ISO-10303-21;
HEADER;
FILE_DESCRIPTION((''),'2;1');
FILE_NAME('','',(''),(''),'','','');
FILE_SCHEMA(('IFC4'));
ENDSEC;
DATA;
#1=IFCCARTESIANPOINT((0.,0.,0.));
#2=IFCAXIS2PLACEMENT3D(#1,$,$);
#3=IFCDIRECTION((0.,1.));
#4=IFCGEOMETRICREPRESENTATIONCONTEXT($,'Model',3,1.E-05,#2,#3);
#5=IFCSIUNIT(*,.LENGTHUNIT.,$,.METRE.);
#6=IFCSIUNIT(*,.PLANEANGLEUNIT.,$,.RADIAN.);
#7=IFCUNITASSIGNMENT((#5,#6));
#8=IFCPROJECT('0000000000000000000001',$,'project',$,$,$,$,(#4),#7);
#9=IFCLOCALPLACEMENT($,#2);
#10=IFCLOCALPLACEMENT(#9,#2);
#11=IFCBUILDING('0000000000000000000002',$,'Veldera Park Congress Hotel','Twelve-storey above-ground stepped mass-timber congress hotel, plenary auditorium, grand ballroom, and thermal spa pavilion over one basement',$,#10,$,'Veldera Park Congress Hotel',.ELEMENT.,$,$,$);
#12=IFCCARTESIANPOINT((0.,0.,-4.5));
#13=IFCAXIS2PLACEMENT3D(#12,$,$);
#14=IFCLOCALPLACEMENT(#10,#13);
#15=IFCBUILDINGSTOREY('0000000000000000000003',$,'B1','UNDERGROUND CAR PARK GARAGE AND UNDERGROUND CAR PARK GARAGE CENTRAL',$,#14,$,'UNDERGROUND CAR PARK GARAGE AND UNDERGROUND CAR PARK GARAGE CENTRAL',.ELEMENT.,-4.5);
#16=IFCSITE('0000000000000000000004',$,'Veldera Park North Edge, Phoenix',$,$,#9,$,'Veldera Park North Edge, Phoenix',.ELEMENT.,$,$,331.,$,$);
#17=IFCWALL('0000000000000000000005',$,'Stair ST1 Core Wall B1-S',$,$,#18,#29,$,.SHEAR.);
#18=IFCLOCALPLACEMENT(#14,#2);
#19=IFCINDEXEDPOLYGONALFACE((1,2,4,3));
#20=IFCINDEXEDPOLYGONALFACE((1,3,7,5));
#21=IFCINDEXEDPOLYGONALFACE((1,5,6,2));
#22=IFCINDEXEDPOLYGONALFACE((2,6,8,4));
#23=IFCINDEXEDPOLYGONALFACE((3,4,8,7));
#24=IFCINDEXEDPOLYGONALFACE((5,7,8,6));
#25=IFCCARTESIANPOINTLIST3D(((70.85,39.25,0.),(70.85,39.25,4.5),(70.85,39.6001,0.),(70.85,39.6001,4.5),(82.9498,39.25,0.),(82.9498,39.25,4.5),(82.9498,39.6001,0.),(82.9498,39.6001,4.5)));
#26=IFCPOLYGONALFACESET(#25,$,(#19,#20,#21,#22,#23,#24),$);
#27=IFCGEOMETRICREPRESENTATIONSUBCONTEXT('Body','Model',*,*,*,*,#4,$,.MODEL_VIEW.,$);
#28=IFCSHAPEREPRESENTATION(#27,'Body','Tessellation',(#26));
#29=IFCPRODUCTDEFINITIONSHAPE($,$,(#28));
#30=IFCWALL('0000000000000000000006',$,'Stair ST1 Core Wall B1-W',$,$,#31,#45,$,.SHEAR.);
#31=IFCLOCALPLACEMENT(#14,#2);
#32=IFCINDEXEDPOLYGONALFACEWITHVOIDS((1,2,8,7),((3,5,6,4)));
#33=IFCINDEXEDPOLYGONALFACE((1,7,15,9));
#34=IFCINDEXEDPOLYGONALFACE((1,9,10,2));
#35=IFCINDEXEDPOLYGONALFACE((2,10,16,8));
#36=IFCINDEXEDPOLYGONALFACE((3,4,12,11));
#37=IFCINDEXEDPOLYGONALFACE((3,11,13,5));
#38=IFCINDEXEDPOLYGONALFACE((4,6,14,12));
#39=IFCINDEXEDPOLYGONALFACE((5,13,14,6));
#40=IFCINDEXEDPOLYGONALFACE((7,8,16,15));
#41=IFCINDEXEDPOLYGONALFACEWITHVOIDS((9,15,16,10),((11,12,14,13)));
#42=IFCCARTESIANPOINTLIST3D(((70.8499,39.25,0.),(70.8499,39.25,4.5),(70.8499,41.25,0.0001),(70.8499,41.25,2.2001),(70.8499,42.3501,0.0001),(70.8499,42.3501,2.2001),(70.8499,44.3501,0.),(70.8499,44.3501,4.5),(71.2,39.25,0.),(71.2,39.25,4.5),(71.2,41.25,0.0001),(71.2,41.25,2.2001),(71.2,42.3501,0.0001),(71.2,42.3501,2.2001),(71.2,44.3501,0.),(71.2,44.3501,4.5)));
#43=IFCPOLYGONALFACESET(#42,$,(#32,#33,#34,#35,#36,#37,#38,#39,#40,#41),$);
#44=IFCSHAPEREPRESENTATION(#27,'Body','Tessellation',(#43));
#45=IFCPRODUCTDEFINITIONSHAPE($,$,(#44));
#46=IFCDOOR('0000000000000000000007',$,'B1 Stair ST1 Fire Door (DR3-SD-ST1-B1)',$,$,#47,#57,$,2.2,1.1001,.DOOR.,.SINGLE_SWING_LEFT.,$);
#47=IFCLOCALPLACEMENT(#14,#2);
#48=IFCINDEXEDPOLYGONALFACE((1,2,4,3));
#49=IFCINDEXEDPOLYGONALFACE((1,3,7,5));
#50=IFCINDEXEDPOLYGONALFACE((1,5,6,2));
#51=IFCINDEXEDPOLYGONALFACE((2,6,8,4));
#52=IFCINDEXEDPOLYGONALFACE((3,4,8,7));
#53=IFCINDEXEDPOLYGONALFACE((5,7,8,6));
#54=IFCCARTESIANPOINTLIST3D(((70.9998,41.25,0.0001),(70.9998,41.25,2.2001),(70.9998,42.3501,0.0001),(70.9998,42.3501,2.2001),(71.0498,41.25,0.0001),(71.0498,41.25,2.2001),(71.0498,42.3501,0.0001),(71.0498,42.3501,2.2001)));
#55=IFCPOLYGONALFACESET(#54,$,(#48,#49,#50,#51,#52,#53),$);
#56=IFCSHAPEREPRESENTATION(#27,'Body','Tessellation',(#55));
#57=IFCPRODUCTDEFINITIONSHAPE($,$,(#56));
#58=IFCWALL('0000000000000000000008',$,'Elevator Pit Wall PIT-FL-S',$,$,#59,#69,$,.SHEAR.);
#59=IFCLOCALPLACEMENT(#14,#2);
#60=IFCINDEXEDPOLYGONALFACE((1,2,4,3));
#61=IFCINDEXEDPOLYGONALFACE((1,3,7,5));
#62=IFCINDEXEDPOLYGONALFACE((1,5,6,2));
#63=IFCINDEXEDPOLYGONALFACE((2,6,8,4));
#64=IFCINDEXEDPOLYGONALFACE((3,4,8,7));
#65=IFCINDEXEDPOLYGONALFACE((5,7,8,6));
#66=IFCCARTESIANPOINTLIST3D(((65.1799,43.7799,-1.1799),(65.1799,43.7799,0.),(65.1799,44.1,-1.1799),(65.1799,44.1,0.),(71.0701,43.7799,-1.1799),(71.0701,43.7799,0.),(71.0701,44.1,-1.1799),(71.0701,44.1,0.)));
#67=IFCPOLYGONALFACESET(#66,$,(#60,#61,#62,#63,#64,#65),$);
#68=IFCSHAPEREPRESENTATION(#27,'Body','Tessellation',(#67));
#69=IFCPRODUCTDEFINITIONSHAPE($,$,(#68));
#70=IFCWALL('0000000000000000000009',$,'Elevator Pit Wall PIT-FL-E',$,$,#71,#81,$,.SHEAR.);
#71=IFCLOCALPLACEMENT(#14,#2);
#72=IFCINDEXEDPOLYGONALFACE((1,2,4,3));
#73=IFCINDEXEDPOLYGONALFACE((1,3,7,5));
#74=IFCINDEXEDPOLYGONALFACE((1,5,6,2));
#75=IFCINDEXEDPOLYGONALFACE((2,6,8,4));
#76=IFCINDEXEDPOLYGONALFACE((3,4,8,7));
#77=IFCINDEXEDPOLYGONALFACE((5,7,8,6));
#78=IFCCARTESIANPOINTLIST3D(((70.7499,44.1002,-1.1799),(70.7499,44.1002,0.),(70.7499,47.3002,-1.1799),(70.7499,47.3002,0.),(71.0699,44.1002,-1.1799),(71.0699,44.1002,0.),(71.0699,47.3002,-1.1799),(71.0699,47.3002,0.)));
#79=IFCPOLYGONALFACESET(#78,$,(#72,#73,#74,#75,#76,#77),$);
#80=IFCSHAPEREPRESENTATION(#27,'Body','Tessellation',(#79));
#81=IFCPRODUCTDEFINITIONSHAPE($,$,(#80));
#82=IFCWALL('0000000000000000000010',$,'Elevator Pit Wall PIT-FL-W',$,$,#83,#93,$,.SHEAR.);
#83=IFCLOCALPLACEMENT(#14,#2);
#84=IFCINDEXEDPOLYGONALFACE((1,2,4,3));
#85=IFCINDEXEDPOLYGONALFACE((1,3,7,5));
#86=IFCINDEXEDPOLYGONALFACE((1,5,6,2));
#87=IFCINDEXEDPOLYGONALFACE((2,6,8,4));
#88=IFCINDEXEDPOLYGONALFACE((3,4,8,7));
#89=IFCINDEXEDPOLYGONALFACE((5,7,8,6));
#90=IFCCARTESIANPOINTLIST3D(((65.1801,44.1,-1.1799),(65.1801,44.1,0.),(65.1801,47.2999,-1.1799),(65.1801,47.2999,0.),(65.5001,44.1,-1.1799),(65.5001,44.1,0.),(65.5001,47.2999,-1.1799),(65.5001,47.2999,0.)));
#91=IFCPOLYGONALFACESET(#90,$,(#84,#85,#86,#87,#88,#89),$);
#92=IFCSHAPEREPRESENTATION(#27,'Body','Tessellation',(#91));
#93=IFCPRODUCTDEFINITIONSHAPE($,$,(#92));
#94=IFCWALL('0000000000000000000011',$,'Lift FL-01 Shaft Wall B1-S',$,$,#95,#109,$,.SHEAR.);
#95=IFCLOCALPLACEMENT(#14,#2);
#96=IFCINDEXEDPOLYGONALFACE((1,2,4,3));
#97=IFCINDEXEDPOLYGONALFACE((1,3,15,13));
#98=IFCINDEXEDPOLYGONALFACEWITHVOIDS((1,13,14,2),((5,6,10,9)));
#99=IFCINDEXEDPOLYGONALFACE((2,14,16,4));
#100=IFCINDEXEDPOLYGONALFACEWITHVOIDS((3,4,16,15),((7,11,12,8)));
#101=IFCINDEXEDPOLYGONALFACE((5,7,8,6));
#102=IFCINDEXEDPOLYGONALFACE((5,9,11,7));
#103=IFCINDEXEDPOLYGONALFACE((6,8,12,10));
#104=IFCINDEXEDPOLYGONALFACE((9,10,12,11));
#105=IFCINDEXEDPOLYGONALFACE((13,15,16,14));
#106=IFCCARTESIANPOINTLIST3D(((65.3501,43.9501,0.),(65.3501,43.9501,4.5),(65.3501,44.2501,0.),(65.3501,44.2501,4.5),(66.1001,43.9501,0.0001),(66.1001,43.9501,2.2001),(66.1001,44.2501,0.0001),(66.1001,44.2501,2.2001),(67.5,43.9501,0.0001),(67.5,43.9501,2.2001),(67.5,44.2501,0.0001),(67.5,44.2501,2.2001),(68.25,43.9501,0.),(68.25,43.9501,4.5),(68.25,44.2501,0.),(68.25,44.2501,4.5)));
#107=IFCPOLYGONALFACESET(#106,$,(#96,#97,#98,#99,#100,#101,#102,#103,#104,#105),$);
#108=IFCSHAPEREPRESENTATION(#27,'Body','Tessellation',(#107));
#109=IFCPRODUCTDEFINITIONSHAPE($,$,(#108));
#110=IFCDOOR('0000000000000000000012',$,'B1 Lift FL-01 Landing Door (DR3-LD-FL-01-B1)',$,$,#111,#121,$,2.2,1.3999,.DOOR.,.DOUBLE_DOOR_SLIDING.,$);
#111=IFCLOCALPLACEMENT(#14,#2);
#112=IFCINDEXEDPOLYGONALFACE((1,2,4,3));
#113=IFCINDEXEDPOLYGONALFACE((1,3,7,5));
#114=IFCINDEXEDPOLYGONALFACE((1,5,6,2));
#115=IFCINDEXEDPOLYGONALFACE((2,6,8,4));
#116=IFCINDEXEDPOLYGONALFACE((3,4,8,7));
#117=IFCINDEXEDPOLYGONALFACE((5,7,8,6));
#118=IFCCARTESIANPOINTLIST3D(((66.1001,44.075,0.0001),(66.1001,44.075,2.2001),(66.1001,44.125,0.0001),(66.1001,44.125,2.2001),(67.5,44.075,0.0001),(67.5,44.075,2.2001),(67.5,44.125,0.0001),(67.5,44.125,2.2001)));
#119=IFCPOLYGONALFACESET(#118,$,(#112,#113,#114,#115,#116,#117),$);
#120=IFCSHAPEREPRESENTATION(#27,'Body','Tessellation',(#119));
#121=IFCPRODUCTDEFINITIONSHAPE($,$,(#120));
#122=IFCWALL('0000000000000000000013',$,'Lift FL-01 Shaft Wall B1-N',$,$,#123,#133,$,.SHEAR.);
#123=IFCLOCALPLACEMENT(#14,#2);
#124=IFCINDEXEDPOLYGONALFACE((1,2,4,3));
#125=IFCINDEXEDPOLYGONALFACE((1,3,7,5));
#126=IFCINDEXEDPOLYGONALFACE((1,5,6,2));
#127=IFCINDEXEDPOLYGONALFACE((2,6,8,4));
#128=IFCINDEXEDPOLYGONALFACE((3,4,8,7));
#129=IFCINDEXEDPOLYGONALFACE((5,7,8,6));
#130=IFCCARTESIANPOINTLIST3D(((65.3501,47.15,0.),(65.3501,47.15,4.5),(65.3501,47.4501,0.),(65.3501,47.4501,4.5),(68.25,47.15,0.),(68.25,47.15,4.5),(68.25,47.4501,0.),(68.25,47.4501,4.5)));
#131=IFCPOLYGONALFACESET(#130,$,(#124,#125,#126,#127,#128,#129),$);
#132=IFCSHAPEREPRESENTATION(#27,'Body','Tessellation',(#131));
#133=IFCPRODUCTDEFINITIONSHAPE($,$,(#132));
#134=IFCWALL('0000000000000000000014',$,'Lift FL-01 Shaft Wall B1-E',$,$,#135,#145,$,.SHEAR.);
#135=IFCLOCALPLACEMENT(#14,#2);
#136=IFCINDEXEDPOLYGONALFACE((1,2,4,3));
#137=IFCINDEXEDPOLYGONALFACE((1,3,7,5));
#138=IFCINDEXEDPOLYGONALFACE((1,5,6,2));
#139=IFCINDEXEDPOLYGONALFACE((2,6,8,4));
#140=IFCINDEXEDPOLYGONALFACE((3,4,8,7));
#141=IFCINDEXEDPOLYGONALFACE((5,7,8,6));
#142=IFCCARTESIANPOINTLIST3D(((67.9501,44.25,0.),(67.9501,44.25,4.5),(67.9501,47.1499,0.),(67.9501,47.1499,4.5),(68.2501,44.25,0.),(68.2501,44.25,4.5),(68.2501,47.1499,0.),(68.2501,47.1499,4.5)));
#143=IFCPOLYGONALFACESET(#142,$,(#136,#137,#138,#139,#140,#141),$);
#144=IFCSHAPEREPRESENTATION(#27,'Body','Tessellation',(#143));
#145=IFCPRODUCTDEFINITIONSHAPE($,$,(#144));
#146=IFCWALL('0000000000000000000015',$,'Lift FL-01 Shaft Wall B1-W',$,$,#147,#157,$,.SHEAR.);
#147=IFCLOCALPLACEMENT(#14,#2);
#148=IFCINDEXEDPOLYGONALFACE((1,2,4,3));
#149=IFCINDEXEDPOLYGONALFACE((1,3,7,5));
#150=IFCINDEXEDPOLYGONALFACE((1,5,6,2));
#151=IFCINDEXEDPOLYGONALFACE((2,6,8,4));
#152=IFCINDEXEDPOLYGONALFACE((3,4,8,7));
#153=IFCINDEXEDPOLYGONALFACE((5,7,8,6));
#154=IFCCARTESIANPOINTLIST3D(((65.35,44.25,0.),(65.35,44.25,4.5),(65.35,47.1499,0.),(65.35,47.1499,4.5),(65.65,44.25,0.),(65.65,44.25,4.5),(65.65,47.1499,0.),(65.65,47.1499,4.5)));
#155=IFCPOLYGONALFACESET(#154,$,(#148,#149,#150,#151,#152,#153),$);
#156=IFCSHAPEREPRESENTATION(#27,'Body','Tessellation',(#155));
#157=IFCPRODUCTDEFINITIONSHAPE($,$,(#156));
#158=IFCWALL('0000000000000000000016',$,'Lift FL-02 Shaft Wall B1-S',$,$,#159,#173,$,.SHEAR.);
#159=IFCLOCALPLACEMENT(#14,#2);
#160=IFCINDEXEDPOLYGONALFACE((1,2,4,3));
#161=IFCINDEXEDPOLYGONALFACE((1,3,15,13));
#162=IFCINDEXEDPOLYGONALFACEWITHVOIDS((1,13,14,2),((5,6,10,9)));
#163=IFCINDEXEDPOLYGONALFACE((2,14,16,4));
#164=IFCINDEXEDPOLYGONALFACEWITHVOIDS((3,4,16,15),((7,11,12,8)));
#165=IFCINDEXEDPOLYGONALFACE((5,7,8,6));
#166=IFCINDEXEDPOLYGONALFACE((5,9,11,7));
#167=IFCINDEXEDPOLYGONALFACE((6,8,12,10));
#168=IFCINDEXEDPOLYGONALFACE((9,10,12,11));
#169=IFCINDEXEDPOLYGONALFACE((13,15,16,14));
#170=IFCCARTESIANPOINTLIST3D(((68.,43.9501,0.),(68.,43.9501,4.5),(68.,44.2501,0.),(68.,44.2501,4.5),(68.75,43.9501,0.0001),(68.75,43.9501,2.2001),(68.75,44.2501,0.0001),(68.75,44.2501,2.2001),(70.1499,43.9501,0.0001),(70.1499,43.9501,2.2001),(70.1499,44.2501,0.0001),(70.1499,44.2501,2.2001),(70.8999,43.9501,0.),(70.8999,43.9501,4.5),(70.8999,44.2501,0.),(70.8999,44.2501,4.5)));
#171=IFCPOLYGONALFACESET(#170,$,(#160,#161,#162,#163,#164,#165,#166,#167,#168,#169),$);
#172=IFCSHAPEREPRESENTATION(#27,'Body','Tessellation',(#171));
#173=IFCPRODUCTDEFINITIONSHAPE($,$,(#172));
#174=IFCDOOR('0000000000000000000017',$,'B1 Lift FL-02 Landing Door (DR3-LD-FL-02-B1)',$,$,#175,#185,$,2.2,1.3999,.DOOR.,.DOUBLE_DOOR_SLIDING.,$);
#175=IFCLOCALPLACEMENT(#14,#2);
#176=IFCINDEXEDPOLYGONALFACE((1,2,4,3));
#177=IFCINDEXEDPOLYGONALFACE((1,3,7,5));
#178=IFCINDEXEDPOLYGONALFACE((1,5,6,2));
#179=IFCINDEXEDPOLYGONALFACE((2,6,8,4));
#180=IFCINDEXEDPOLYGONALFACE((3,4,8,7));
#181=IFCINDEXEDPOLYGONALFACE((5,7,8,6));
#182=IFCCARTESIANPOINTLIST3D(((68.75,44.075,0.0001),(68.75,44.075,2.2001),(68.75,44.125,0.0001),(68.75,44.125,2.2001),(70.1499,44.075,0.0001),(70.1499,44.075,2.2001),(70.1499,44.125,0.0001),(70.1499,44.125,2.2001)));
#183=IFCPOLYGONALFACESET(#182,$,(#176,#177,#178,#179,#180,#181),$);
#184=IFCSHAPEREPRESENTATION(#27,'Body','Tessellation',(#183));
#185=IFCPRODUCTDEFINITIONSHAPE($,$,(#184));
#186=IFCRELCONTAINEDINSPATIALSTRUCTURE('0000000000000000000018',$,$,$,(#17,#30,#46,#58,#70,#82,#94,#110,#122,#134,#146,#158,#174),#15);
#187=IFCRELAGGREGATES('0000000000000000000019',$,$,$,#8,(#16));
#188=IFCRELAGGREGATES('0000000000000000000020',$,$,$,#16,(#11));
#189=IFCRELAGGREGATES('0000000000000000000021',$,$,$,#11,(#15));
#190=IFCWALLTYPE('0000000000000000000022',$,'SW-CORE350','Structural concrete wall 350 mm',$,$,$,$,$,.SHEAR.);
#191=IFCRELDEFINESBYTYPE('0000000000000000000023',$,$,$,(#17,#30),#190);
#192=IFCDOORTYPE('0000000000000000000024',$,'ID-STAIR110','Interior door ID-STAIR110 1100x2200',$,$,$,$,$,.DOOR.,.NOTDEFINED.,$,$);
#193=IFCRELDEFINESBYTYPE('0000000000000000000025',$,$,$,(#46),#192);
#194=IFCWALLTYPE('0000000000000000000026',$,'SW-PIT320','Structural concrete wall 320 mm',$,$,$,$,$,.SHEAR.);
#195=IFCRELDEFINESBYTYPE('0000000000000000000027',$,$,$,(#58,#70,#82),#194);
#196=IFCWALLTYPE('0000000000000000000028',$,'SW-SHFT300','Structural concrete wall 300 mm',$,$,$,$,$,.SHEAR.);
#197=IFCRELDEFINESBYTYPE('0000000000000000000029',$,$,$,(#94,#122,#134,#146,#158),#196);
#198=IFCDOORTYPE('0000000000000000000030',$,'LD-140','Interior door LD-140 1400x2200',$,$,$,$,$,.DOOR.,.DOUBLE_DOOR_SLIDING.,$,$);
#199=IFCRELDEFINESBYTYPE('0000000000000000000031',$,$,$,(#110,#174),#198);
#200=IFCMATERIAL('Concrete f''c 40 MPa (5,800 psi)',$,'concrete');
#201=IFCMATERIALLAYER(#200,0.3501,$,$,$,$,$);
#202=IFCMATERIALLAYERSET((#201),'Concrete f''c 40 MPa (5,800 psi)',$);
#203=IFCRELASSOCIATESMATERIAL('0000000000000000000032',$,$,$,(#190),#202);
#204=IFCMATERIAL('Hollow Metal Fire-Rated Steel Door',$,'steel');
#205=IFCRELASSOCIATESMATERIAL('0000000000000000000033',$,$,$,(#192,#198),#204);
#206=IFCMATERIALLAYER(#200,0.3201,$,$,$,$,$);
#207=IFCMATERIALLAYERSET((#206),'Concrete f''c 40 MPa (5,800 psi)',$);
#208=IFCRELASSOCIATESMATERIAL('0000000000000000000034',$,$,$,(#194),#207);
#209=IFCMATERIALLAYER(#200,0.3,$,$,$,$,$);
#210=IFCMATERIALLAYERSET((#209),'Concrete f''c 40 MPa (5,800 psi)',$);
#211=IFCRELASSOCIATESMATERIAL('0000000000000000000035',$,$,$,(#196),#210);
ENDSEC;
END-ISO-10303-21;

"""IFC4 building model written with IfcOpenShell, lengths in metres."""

from ifc_helpers import new_model, si_unit, direction, frame, frame_2d, origin, place, context, subcontext, project, spatial, rectangle, extrude, material, layer, layer_set, type_object, element, fill, save


model = new_model("IFC4")

# Units and contexts
model_context = context("Model", 3, precision=1e-05, world=origin(), true_north=direction((0.0, 1.0)))
body_context = subcontext(model_context, "Body", "Model", "MODEL_VIEW")
ifc_project = project(units=[si_unit("LENGTHUNIT", "METRE"), si_unit("PLANEANGLEUNIT", "RADIAN")], contexts=[model_context])

# Site, building, storey
site_placement = place(None, origin())
site = spatial("IfcSite", under=ifc_project, at=site_placement, Name="Veldera Park North Edge, Phoenix", LongName="Veldera Park North Edge, Phoenix", CompositionType="ELEMENT", RefElevation=331.0)
building_placement = place(site_placement, origin())
building = spatial("IfcBuilding", under=site, at=building_placement, Name="Veldera Park Congress Hotel", Description="Twelve-storey above-ground stepped mass-timber congress hotel, plenary auditorium, grand ballroom, and thermal spa pavilion over one basement", LongName="Veldera Park Congress Hotel", CompositionType="ELEMENT")
storey_placement = place(building_placement, frame((0.0, 0.0, -4.5)))
storey = spatial("IfcBuildingStorey", under=building, at=storey_placement, Name="B1", Description="UNDERGROUND CAR PARK GARAGE AND UNDERGROUND CAR PARK GARAGE CENTRAL", LongName="UNDERGROUND CAR PARK GARAGE AND UNDERGROUND CAR PARK GARAGE CENTRAL", CompositionType="ELEMENT", Elevation=-4.5)

# Shared definitions
ifc_material_1 = material(Name="Concrete f'c 40 MPa (5,800 psi)", Category="concrete")

# Shared definitions
ifc_material_2 = material(Name="Hollow Metal Fire-Rated Steel Door", Category="steel")

# Wall
ifc_layer_1 = layer(ifc_material_1, 0.3501)
ifc_layer_set_1 = layer_set([ifc_layer_1], Name="Concrete f'c 40 MPa (5,800 psi)")
wall_type_1 = type_object("IfcWallType", Name="SW-CORE350", Description="Structural concrete wall 350 mm", PredefinedType="SHEAR", material=ifc_layer_set_1)
wall_1_placement = place(storey_placement, frame((70.8501, 39.425, 0.0), z_axis=(0.0, 0.0, 1.0), x_axis=(1.0, 0.0, 0.0)))
element("IfcWall", 1, at=wall_1_placement, inside=storey, type_object=wall_type_1, Name="Stair ST1 Core Wall B1-S", PredefinedType="SHEAR", context=body_context, shape_type="SweptSolid", body=[
    extrude(rectangle(XDim=12.0999, YDim=0.3501, at=frame_2d((6.0498, 0.0))), origin(), (0.0, 0.0, 1.0), 4.5),
])

# Wall, opening, door
wall_2_placement = place(storey_placement, frame((71.0249, 44.3501, 0.0), z_axis=(0.0, 0.0, 1.0), x_axis=(0.0, -1.0, 0.0)))
wall_2 = element("IfcWall", 2, at=wall_2_placement, inside=storey, type_object=wall_type_1, Name="Stair ST1 Core Wall B1-W", PredefinedType="SHEAR", context=body_context, shape_type="SweptSolid", body=[
    extrude(rectangle(XDim=5.1001, YDim=0.3501, at=frame_2d((2.55, 0.0))), origin(), (0.0, 0.0, 1.0), 4.5),
])
opening_1_placement = place(wall_2_placement, frame((2.0, 0.0, 0.0)))
opening_1 = element("IfcOpeningElement", 3, at=opening_1_placement, cuts=wall_2, PredefinedType="OPENING", context=body_context, shape_type="SweptSolid", body=[
    extrude(rectangle(XDim=1.1001, YDim=2.2, at=frame_2d((0.55, 1.1001))), frame((0.0, 0.187, 0.0), z_axis=(0.0, -1.0, 0.0), x_axis=(1.0, 0.0, 0.0)), (0.0, 0.0, 1.0), 0.374),
])
door_type_1 = type_object("IfcDoorType", Name="ID-STAIR110", Description="Interior door ID-STAIR110 1100x2200", OperationType="NOTDEFINED", PredefinedType="DOOR", material=ifc_material_2)
door_1_placement = place(opening_1_placement, origin())
door_1 = element("IfcDoor", 4, at=door_1_placement, inside=storey, type_object=door_type_1, Name="B1 Stair ST1 Fire Door (DR3-SD-ST1-B1)", OperationType="SINGLE_SWING_LEFT", OverallHeight=2.2, OverallWidth=1.1001, PredefinedType="DOOR", context=body_context, shape_type="SweptSolid", body=[
    extrude(rectangle(XDim=1.1001, YDim=2.2, at=frame_2d((0.55, 1.1001))), frame((0.0, 0.0249, 0.0), z_axis=(0.0, -1.0, 0.0), x_axis=(1.0, 0.0, 0.0)), (0.0, 0.0, 1.0), 0.05),
])
fill(opening_1, door_1)

# Walls
ifc_layer_2 = layer(ifc_material_1, 0.3201)
ifc_layer_set_2 = layer_set([ifc_layer_2], Name="Concrete f'c 40 MPa (5,800 psi)")
wall_type_2 = type_object("IfcWallType", Name="SW-PIT320", Description="Structural concrete wall 320 mm", PredefinedType="SHEAR", material=ifc_layer_set_2)
wall_3_placement = place(storey_placement, frame((65.1799, 43.9399, -1.1799), z_axis=(0.0, 0.0, 1.0), x_axis=(1.0, 0.0, 0.0)))
element("IfcWall", 5, at=wall_3_placement, inside=storey, type_object=wall_type_2, Name="Elevator Pit Wall PIT-FL-S", PredefinedType="SHEAR", context=body_context, shape_type="SweptSolid", body=[
    extrude(rectangle(XDim=5.8901, YDim=0.3201, at=frame_2d((2.9451, 0.0))), origin(), (0.0, 0.0, 1.0), 1.1799),
])
for number, where, z_axis, x_axis, name in (
    (6, (70.9099, 44.1001, -1.1799), (0.0, 0.0, 1.0), (0.0, 1.0, 0.0), "Elevator Pit Wall PIT-FL-E"),
    (7, (65.3401, 47.3, -1.1799), (0.0, 0.0, 1.0), (0.0, -1.0, 0.0), "Elevator Pit Wall PIT-FL-W"),
):
    element("IfcWall", number, at=place(storey_placement, frame(where, z_axis=z_axis, x_axis=x_axis)), inside=storey, type_object=wall_type_2, Name=name, PredefinedType="SHEAR", context=body_context, shape_type="SweptSolid", body=[
        extrude(rectangle(XDim=3.2, YDim=0.3201, at=frame_2d((1.6001, 0.0))), origin(), (0.0, 0.0, 1.0), 1.1799),
    ])

# Wall, opening, door
ifc_layer_3 = layer(ifc_material_1, 0.3)
ifc_layer_set_3 = layer_set([ifc_layer_3], Name="Concrete f'c 40 MPa (5,800 psi)")
wall_type_3 = type_object("IfcWallType", Name="SW-SHFT300", Description="Structural concrete wall 300 mm", PredefinedType="SHEAR", material=ifc_layer_set_3)
wall_4_placement = place(storey_placement, frame((65.3501, 44.1001, 0.0), z_axis=(0.0, 0.0, 1.0), x_axis=(1.0, 0.0, 0.0)))
wall_4 = element("IfcWall", 8, at=wall_4_placement, inside=storey, type_object=wall_type_3, Name="Lift FL-01 Shaft Wall B1-S", PredefinedType="SHEAR", context=body_context, shape_type="SweptSolid", body=[
    extrude(rectangle(XDim=2.8999, YDim=0.3, at=frame_2d((1.45, 0.0))), origin(), (0.0, 0.0, 1.0), 4.5),
])
opening_2_placement = place(wall_4_placement, frame((0.75, 0.0, 0.0)))
opening_2 = element("IfcOpeningElement", 9, at=opening_2_placement, cuts=wall_4, PredefinedType="OPENING", context=body_context, shape_type="SweptSolid", body=[
    extrude(rectangle(XDim=1.3999, YDim=2.2, at=frame_2d((0.7, 1.1001))), frame((0.0, 0.1621, 0.0), z_axis=(0.0, -1.0, 0.0), x_axis=(1.0, 0.0, 0.0)), (0.0, 0.0, 1.0), 0.324),
])
door_type_2 = type_object("IfcDoorType", Name="LD-140", Description="Interior door LD-140 1400x2200", OperationType="DOUBLE_DOOR_SLIDING", PredefinedType="DOOR", material=ifc_material_2)
door_2_placement = place(opening_2_placement, origin())
door_2 = element("IfcDoor", 10, at=door_2_placement, inside=storey, type_object=door_type_2, Name="B1 Lift FL-01 Landing Door (DR3-LD-FL-01-B1)", OperationType="DOUBLE_DOOR_SLIDING", OverallHeight=2.2, OverallWidth=1.3999, PredefinedType="DOOR", context=body_context, shape_type="SweptSolid", body=[
    extrude(rectangle(XDim=1.3999, YDim=2.2, at=frame_2d((0.7, 1.1001))), frame((0.0, 0.0249, 0.0), z_axis=(0.0, -1.0, 0.0), x_axis=(1.0, 0.0, 0.0)), (0.0, 0.0, 1.0), 0.05),
])
fill(opening_2, door_2)

# Walls
for number, where, z_axis, x_axis, name in (
    (11, (68.25, 47.3, 0.0), (0.0, 0.0, 1.0), (-1.0, 0.0, 0.0), "Lift FL-01 Shaft Wall B1-N"),
    (12, (68.1001, 44.25, 0.0), (0.0, 0.0, 1.0), (0.0, 1.0, 0.0), "Lift FL-01 Shaft Wall B1-E"),
    (13, (65.5, 47.1499, 0.0), (0.0, 0.0, 1.0), (0.0, -1.0, 0.0), "Lift FL-01 Shaft Wall B1-W"),
):
    element("IfcWall", number, at=place(storey_placement, frame(where, z_axis=z_axis, x_axis=x_axis)), inside=storey, type_object=wall_type_3, Name=name, PredefinedType="SHEAR", context=body_context, shape_type="SweptSolid", body=[
        extrude(rectangle(XDim=2.8999, YDim=0.3, at=frame_2d((1.45, 0.0))), origin(), (0.0, 0.0, 1.0), 4.5),
    ])

# Wall, opening, door
wall_5_placement = place(storey_placement, frame((68.0, 44.1001, 0.0), z_axis=(0.0, 0.0, 1.0), x_axis=(1.0, 0.0, 0.0)))
wall_5 = element("IfcWall", 14, at=wall_5_placement, inside=storey, type_object=wall_type_3, Name="Lift FL-02 Shaft Wall B1-S", PredefinedType="SHEAR", context=body_context, shape_type="SweptSolid", body=[
    extrude(rectangle(XDim=2.8999, YDim=0.3, at=frame_2d((1.45, 0.0))), origin(), (0.0, 0.0, 1.0), 4.5),
])
opening_3_placement = place(wall_5_placement, frame((0.75, 0.0, 0.0)))
opening_3 = element("IfcOpeningElement", 15, at=opening_3_placement, cuts=wall_5, PredefinedType="OPENING", context=body_context, shape_type="SweptSolid", body=[
    extrude(rectangle(XDim=1.3999, YDim=2.2, at=frame_2d((0.7, 1.1001))), frame((0.0, 0.1621, 0.0), z_axis=(0.0, -1.0, 0.0), x_axis=(1.0, 0.0, 0.0)), (0.0, 0.0, 1.0), 0.324),
])
door_3_placement = place(opening_3_placement, origin())
door_3 = element("IfcDoor", 16, at=door_3_placement, inside=storey, type_object=door_type_2, Name="B1 Lift FL-02 Landing Door (DR3-LD-FL-02-B1)", OperationType="DOUBLE_DOOR_SLIDING", OverallHeight=2.2, OverallWidth=1.3999, PredefinedType="DOOR", context=body_context, shape_type="SweptSolid", body=[
    extrude(rectangle(XDim=1.3999, YDim=2.2, at=frame_2d((0.7, 1.1001))), frame((0.0, 0.0249, 0.0), z_axis=(0.0, -1.0, 0.0), x_axis=(1.0, 0.0, 0.0)), (0.0, 0.0, 1.0), 0.05),
])
fill(opening_3, door_3)

save(model, "model.ifc")
